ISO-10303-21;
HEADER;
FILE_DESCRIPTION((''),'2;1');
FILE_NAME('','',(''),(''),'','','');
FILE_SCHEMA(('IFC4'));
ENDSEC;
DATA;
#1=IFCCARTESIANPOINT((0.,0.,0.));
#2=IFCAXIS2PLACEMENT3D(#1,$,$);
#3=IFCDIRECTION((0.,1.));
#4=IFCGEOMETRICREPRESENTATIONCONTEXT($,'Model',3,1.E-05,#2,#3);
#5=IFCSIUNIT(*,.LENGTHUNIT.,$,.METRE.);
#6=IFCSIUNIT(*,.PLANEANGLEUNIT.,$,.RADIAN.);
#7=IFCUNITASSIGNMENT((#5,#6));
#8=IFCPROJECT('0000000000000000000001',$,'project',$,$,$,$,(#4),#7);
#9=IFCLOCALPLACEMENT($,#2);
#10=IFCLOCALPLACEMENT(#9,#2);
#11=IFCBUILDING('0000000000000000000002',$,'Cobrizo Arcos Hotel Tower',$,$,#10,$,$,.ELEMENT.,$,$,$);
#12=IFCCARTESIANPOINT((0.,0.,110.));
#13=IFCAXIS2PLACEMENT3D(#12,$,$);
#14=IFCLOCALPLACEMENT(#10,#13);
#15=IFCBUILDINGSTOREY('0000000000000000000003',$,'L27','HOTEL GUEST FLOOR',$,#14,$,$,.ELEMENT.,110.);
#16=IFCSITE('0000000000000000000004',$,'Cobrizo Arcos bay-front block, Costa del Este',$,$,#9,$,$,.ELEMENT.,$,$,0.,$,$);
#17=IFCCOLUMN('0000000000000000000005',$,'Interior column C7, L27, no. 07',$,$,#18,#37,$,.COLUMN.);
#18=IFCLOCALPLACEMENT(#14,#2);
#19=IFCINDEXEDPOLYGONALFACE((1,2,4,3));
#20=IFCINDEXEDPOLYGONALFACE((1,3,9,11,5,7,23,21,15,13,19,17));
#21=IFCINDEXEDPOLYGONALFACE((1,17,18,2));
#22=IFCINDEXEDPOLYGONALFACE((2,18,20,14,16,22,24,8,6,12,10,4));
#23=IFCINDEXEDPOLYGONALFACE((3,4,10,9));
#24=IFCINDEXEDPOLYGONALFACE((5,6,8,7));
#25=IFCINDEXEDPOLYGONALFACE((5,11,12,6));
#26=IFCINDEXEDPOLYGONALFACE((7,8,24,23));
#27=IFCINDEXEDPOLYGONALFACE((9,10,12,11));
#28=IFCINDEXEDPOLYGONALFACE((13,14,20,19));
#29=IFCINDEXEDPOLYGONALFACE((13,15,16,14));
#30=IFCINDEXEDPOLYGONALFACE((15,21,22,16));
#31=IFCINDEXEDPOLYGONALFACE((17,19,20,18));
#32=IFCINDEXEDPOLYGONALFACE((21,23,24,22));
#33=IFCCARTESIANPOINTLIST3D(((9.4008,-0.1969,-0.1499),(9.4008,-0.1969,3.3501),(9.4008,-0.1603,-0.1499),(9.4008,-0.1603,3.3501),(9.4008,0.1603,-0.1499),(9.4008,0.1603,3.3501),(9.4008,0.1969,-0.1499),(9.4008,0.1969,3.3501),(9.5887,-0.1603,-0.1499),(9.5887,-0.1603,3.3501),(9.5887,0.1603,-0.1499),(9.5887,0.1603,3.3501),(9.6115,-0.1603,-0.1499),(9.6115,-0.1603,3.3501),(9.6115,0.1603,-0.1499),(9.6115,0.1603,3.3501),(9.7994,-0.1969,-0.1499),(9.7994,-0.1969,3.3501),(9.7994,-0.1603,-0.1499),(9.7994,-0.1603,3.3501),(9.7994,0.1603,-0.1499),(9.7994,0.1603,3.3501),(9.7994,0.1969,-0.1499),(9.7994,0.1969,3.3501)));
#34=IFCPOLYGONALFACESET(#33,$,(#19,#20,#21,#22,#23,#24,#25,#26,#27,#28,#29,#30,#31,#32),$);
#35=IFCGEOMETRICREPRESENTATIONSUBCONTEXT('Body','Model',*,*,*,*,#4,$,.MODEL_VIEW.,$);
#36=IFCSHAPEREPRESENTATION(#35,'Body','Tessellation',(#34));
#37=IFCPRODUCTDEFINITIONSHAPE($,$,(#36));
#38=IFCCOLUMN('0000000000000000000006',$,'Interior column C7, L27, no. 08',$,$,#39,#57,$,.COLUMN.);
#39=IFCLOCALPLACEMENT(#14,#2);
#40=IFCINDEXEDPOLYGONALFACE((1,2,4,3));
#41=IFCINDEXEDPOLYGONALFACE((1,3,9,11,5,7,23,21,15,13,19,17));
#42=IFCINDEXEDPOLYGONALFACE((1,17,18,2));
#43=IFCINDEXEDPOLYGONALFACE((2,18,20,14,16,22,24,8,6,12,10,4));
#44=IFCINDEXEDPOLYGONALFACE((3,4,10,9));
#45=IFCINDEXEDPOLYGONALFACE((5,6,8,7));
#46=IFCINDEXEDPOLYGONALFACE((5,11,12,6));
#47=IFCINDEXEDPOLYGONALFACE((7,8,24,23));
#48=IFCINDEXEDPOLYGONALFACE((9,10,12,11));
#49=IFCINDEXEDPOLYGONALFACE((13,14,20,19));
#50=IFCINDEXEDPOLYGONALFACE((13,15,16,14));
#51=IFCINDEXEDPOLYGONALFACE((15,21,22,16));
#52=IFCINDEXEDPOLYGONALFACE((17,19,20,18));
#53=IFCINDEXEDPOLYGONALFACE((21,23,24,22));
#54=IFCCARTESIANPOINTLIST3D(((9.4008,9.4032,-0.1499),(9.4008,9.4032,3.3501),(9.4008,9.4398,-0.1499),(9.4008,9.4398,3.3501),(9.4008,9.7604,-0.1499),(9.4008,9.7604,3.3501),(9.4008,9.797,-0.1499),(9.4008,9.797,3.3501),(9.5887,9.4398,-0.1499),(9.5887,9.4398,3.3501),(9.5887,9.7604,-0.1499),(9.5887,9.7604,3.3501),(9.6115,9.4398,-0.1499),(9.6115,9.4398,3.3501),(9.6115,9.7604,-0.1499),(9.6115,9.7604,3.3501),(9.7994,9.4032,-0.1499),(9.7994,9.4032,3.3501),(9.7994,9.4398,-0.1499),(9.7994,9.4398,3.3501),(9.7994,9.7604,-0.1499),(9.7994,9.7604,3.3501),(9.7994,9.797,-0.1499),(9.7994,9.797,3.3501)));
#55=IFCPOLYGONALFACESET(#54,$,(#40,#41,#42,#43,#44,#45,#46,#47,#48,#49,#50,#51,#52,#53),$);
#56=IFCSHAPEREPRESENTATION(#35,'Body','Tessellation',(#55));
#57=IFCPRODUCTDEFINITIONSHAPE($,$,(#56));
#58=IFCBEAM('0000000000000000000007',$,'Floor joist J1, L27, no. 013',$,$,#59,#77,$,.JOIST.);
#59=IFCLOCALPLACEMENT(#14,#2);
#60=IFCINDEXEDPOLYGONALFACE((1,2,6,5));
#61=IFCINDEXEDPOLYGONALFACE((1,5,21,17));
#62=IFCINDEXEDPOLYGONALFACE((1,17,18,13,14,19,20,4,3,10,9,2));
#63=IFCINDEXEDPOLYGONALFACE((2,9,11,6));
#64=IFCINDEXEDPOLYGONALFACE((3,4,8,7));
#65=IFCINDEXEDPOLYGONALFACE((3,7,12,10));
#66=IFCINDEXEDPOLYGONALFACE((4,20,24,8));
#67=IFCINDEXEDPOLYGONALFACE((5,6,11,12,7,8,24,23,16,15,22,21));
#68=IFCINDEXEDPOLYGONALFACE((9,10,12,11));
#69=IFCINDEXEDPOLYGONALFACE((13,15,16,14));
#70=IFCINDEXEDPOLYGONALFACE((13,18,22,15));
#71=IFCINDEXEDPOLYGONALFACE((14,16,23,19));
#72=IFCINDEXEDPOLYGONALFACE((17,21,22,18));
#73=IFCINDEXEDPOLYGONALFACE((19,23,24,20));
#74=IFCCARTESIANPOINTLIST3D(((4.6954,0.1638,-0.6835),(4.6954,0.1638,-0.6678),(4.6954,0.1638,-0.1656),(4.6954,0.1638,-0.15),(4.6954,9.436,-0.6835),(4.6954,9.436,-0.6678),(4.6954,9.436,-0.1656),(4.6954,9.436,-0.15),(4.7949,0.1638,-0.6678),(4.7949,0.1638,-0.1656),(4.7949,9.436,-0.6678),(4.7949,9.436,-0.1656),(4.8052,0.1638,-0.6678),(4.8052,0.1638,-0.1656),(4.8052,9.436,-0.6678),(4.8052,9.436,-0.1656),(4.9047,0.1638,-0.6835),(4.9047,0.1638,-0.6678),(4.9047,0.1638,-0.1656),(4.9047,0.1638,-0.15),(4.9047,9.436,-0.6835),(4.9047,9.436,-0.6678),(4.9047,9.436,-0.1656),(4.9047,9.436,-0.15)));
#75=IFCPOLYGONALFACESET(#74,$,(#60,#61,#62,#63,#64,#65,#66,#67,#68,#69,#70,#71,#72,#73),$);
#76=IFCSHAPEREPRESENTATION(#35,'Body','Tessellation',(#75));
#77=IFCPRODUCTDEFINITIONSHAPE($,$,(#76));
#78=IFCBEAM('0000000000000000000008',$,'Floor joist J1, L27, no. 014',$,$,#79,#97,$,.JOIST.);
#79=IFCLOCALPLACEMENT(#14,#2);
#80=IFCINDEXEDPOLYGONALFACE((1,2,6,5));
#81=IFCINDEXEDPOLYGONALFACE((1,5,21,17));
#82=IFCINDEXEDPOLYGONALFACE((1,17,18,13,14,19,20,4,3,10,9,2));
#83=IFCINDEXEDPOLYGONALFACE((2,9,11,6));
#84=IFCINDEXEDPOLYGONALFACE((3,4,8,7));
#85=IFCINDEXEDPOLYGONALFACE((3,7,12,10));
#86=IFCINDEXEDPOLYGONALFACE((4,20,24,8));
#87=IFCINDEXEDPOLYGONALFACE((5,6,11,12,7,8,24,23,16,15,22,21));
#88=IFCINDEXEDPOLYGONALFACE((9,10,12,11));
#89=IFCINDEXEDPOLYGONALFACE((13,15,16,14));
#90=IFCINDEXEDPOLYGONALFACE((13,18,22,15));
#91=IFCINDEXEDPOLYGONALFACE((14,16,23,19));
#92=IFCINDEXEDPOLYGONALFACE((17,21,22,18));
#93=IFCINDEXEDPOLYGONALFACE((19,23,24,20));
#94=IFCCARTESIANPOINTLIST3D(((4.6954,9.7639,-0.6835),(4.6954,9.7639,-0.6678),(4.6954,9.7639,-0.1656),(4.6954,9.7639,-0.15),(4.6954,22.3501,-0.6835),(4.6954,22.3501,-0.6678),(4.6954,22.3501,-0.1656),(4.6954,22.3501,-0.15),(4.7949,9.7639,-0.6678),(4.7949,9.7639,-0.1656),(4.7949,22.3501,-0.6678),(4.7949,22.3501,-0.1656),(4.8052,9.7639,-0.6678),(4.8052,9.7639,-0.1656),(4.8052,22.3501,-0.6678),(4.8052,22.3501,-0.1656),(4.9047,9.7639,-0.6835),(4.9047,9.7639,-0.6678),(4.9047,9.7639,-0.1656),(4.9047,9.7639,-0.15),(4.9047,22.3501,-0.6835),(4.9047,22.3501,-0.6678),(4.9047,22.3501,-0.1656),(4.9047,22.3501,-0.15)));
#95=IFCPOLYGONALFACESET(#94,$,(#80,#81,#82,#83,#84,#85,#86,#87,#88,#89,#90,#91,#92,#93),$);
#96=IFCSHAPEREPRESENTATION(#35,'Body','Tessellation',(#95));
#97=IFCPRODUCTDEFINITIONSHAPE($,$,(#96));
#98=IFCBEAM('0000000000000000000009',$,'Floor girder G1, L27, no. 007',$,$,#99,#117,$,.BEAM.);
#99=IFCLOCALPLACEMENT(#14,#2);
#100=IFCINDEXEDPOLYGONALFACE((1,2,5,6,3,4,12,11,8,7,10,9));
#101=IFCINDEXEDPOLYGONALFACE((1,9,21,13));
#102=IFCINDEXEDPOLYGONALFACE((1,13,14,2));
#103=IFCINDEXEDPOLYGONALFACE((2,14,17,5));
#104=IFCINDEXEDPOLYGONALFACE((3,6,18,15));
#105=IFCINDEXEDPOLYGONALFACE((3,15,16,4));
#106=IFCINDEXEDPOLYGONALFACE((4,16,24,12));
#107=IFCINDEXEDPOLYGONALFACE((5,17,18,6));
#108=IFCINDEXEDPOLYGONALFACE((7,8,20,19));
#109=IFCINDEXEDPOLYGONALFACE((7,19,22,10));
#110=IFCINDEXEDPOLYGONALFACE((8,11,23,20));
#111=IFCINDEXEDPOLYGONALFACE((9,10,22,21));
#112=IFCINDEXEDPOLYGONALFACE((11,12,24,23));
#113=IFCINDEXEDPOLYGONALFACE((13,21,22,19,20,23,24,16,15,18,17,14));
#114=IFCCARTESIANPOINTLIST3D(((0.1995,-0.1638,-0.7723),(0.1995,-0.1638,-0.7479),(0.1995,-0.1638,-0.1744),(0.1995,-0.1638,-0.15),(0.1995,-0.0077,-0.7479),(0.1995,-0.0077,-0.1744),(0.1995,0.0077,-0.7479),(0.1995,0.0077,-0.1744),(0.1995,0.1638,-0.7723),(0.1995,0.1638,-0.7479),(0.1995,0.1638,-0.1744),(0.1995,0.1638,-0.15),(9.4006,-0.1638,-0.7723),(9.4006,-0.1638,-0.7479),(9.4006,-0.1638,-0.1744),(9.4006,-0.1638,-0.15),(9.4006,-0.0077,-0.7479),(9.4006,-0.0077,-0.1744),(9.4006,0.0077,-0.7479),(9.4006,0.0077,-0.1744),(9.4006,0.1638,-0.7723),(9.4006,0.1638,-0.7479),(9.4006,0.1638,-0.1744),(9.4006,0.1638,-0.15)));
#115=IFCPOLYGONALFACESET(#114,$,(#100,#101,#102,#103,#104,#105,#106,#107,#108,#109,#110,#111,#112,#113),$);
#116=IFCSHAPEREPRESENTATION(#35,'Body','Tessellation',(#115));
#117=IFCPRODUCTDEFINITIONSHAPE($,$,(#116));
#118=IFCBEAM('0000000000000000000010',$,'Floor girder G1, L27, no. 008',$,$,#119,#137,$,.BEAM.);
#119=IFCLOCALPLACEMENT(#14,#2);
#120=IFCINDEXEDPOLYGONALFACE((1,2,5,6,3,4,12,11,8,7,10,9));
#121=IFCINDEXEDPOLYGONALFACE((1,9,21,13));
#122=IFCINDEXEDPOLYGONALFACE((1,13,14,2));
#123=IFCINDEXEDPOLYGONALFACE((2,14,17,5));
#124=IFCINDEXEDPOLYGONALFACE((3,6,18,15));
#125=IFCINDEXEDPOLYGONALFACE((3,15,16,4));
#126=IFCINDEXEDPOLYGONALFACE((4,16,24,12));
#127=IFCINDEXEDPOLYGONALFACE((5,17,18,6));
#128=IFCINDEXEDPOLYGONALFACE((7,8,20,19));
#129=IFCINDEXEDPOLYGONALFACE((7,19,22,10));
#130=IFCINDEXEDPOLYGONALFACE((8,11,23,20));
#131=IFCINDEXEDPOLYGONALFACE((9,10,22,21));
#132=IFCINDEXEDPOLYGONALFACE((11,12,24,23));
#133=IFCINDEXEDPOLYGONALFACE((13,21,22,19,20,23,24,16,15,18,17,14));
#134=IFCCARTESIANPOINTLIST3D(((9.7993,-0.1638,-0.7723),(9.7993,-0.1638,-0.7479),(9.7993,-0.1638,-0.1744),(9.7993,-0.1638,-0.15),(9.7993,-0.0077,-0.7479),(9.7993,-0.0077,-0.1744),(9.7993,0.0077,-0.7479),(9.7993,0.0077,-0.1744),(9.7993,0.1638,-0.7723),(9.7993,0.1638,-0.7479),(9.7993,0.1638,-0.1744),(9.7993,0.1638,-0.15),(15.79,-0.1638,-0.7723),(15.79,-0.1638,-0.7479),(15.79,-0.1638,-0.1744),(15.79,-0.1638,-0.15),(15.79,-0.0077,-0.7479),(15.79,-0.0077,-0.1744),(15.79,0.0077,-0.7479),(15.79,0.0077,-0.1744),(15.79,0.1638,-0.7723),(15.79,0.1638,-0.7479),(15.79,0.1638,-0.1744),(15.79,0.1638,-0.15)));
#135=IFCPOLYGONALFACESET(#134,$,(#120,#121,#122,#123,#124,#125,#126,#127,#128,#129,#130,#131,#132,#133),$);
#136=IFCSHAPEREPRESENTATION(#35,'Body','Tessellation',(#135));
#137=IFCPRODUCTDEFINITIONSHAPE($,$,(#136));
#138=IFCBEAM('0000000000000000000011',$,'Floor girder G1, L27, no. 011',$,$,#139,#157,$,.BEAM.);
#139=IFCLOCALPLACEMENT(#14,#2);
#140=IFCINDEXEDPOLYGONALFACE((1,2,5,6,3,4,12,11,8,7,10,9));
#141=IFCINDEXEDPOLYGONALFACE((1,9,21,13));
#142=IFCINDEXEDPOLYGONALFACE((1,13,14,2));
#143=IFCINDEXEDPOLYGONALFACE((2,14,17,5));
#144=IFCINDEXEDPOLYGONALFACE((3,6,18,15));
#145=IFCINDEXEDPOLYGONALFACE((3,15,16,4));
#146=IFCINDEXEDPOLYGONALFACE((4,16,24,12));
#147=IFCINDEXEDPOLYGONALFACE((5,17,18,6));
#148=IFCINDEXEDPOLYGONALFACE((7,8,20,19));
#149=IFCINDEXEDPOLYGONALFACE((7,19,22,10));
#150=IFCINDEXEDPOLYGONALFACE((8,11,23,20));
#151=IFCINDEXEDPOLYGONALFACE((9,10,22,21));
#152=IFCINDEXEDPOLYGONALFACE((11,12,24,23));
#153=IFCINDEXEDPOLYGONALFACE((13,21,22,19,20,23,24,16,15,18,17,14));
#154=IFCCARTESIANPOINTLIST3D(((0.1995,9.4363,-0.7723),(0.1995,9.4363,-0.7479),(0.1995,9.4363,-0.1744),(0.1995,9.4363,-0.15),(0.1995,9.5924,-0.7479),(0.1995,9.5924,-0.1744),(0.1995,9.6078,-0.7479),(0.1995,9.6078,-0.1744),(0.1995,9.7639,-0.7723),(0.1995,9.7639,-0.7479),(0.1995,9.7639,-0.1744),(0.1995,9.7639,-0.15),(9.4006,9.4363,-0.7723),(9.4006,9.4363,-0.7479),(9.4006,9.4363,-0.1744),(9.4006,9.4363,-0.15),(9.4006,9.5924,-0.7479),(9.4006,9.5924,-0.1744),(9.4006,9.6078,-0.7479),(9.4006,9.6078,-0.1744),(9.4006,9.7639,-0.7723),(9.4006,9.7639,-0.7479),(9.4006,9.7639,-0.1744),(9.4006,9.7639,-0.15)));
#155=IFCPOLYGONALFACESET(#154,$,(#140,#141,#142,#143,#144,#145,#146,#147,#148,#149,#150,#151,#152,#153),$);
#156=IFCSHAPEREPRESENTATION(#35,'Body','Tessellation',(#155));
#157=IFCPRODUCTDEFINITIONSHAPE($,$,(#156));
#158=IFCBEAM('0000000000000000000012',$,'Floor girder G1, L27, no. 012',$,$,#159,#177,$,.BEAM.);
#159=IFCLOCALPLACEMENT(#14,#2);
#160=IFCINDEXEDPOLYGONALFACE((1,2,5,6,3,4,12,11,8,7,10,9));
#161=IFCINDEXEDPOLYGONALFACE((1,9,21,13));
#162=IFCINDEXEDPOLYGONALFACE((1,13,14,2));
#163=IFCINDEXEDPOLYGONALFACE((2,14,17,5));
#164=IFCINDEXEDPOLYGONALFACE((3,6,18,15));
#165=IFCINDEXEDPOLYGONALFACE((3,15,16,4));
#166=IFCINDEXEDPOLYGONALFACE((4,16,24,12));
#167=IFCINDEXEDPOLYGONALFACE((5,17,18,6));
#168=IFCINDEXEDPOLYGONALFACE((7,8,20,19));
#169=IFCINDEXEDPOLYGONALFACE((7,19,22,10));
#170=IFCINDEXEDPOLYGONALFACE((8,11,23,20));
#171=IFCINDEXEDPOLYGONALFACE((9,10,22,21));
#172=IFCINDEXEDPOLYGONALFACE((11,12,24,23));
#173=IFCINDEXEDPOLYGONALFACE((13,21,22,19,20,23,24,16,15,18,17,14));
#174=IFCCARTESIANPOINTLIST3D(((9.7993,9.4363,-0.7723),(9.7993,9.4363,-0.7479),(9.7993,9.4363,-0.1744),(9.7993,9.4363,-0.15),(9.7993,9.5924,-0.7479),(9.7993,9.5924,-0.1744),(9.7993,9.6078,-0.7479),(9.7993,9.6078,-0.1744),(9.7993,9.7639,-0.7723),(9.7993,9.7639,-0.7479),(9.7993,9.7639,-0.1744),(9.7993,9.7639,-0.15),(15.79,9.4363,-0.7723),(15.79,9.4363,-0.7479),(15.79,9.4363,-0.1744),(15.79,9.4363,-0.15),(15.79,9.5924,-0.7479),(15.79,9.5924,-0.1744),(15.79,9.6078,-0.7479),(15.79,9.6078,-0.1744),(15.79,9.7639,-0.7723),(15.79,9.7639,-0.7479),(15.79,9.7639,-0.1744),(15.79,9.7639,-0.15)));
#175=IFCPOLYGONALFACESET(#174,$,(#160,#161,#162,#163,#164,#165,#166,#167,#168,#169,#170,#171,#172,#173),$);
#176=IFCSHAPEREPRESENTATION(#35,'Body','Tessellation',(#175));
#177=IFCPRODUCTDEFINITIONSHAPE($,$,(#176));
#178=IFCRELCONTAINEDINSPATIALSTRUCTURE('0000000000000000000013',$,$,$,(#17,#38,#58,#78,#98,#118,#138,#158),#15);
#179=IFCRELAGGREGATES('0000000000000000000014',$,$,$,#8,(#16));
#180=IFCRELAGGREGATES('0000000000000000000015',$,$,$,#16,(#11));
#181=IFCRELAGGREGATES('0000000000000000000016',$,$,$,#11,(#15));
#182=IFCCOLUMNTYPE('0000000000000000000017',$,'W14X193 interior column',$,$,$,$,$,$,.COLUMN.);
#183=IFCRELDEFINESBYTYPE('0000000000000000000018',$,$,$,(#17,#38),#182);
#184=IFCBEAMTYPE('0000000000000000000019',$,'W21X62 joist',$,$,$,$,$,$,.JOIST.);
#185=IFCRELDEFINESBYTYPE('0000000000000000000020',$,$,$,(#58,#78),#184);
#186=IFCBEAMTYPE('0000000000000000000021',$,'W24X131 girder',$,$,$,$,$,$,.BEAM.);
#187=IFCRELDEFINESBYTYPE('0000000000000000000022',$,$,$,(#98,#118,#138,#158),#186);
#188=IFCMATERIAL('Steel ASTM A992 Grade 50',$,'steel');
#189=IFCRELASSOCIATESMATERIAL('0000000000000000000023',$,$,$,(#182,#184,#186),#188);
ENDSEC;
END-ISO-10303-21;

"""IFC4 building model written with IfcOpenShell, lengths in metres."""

from ifc_helpers import new_model, si_unit, direction, frame, origin, origin_2d, place, context, subcontext, project, spatial, i_section, extrude, material, material_profile, profile_set, type_object, element, save


model = new_model("IFC4")

# Units and contexts
model_context = context("Model", 3, precision=1e-05, world=origin(), true_north=direction((0.0, 1.0)))
body_context = subcontext(model_context, "Body", "Model", "MODEL_VIEW")
ifc_project = project(units=[si_unit("LENGTHUNIT", "METRE"), si_unit("PLANEANGLEUNIT", "RADIAN")], contexts=[model_context])

# Site, building, storey
site_placement = place(None, origin())
site = spatial("IfcSite", under=ifc_project, at=site_placement, Name="Cobrizo Arcos bay-front block, Costa del Este", CompositionType="ELEMENT", RefElevation=0.0)
building_placement = place(site_placement, origin())
building = spatial("IfcBuilding", under=site, at=building_placement, Name="Cobrizo Arcos Hotel Tower", CompositionType="ELEMENT")
storey_placement = place(building_placement, frame((0.0, 0.0, 110.0)))
storey = spatial("IfcBuildingStorey", under=building, at=storey_placement, Name="L27", Description="HOTEL GUEST FLOOR", CompositionType="ELEMENT", Elevation=110.0)

# Columns
ifc_material_1 = material(Name="Steel ASTM A992 Grade 50", Category="steel")
ifc_material_profile_1 = material_profile(ifc_material_1, i_section(OverallWidth=0.3987, OverallDepth=0.3938, WebThickness=0.0227, FlangeThickness=0.0366, at=origin_2d()), Name="W14X193")
ifc_profile_set_1 = profile_set([ifc_material_profile_1], Name="Steel ASTM A992 Grade 50")
column_type = type_object("IfcColumnType", Name="W14X193 interior column", PredefinedType="COLUMN", material=ifc_profile_set_1)
for number, where, z_axis, x_axis, name in (
    (1, (9.6001, 0.0, -0.1499), (0.0, 0.0, 1.0), (1.0, 0.0, 0.0), "Interior column C7, L27, no. 07"),
    (2, (9.6001, 9.6001, -0.1499), (0.0, 0.0, 1.0), (1.0, 0.0, 0.0), "Interior column C7, L27, no. 08"),
):
    element("IfcColumn", number, at=place(storey_placement, frame(where, z_axis=z_axis, x_axis=x_axis)), inside=storey, type_object=column_type, Name=name, PredefinedType="COLUMN", context=body_context, shape_type="SweptSolid", body=[
        extrude(i_section(OverallWidth=0.3987, OverallDepth=0.3938, WebThickness=0.0227, FlangeThickness=0.0366, at=origin_2d()), origin(), (0.0, 0.0, 1.0), 3.5),
    ])

# Beams
ifc_material_profile_2 = material_profile(ifc_material_1, i_section(OverallWidth=0.2092, OverallDepth=0.5334, WebThickness=0.0103, FlangeThickness=0.0156, at=origin_2d()), Name="W21X62")
ifc_profile_set_2 = profile_set([ifc_material_profile_2], Name="Steel ASTM A992 Grade 50")
beam_type_1 = type_object("IfcBeamType", Name="W21X62 joist", PredefinedType="JOIST", material=ifc_profile_set_2)
beam_1_placement = place(storey_placement, frame((4.8, 0.1638, -0.4167), z_axis=(0.0, 1.0, 0.0), x_axis=(-1.0, 0.0, 0.0)))
element("IfcBeam", 3, at=beam_1_placement, inside=storey, type_object=beam_type_1, Name="Floor joist J1, L27, no. 013", PredefinedType="JOIST", context=body_context, shape_type="SweptSolid", body=[
    extrude(i_section(OverallWidth=0.2092, OverallDepth=0.5334, WebThickness=0.0103, FlangeThickness=0.0156, at=origin_2d()), origin(), (0.0, 0.0, 1.0), 9.2722),
])
beam_2_placement = place(storey_placement, frame((4.8, 9.7639, -0.4167), z_axis=(0.0, 1.0, 0.0), x_axis=(-1.0, 0.0, 0.0)))
element("IfcBeam", 4, at=beam_2_placement, inside=storey, type_object=beam_type_1, Name="Floor joist J1, L27, no. 014", PredefinedType="JOIST", context=body_context, shape_type="SweptSolid", body=[
    extrude(i_section(OverallWidth=0.2092, OverallDepth=0.5334, WebThickness=0.0103, FlangeThickness=0.0156, at=origin_2d()), origin(), (0.0, 0.0, 1.0), 12.5862),
])
ifc_material_profile_3 = material_profile(ifc_material_1, i_section(OverallWidth=0.3276, OverallDepth=0.6223, WebThickness=0.0154, FlangeThickness=0.0244, at=origin_2d()), Name="W24X131")
ifc_profile_set_3 = profile_set([ifc_material_profile_3], Name="Steel ASTM A992 Grade 50")
beam_type_2 = type_object("IfcBeamType", Name="W24X131 girder", PredefinedType="BEAM", material=ifc_profile_set_3)
beam_3_placement = place(storey_placement, frame((0.1995, 0.0, -0.4612), z_axis=(1.0, 0.0, 0.0), x_axis=(0.0, 1.0, 0.0)))
element("IfcBeam", 5, at=beam_3_placement, inside=storey, type_object=beam_type_2, Name="Floor girder G1, L27, no. 007", PredefinedType="BEAM", context=body_context, shape_type="SweptSolid", body=[
    extrude(i_section(OverallWidth=0.3276, OverallDepth=0.6223, WebThickness=0.0154, FlangeThickness=0.0244, at=origin_2d()), origin(), (0.0, 0.0, 1.0), 9.2012),
])
beam_4_placement = place(storey_placement, frame((9.7993, 0.0, -0.4612), z_axis=(1.0, 0.0, 0.0), x_axis=(0.0, 1.0, 0.0)))
element("IfcBeam", 6, at=beam_4_placement, inside=storey, type_object=beam_type_2, Name="Floor girder G1, L27, no. 008", PredefinedType="BEAM", context=body_context, shape_type="SweptSolid", body=[
    extrude(i_section(OverallWidth=0.3276, OverallDepth=0.6223, WebThickness=0.0154, FlangeThickness=0.0244, at=origin_2d()), origin(), (0.0, 0.0, 1.0), 5.9907),
])
beam_5_placement = place(storey_placement, frame((0.1995, 9.6001, -0.4612), z_axis=(1.0, 0.0, 0.0), x_axis=(0.0, 1.0, 0.0)))
element("IfcBeam", 7, at=beam_5_placement, inside=storey, type_object=beam_type_2, Name="Floor girder G1, L27, no. 011", PredefinedType="BEAM", context=body_context, shape_type="SweptSolid", body=[
    extrude(i_section(OverallWidth=0.3276, OverallDepth=0.6223, WebThickness=0.0154, FlangeThickness=0.0244, at=origin_2d()), origin(), (0.0, 0.0, 1.0), 9.2012),
])
beam_6_placement = place(storey_placement, frame((9.7993, 9.6001, -0.4612), z_axis=(1.0, 0.0, 0.0), x_axis=(0.0, 1.0, 0.0)))
element("IfcBeam", 8, at=beam_6_placement, inside=storey, type_object=beam_type_2, Name="Floor girder G1, L27, no. 012", PredefinedType="BEAM", context=body_context, shape_type="SweptSolid", body=[
    extrude(i_section(OverallWidth=0.3276, OverallDepth=0.6223, WebThickness=0.0154, FlangeThickness=0.0244, at=origin_2d()), origin(), (0.0, 0.0, 1.0), 5.9907),
])

save(model, "model.ifc")
